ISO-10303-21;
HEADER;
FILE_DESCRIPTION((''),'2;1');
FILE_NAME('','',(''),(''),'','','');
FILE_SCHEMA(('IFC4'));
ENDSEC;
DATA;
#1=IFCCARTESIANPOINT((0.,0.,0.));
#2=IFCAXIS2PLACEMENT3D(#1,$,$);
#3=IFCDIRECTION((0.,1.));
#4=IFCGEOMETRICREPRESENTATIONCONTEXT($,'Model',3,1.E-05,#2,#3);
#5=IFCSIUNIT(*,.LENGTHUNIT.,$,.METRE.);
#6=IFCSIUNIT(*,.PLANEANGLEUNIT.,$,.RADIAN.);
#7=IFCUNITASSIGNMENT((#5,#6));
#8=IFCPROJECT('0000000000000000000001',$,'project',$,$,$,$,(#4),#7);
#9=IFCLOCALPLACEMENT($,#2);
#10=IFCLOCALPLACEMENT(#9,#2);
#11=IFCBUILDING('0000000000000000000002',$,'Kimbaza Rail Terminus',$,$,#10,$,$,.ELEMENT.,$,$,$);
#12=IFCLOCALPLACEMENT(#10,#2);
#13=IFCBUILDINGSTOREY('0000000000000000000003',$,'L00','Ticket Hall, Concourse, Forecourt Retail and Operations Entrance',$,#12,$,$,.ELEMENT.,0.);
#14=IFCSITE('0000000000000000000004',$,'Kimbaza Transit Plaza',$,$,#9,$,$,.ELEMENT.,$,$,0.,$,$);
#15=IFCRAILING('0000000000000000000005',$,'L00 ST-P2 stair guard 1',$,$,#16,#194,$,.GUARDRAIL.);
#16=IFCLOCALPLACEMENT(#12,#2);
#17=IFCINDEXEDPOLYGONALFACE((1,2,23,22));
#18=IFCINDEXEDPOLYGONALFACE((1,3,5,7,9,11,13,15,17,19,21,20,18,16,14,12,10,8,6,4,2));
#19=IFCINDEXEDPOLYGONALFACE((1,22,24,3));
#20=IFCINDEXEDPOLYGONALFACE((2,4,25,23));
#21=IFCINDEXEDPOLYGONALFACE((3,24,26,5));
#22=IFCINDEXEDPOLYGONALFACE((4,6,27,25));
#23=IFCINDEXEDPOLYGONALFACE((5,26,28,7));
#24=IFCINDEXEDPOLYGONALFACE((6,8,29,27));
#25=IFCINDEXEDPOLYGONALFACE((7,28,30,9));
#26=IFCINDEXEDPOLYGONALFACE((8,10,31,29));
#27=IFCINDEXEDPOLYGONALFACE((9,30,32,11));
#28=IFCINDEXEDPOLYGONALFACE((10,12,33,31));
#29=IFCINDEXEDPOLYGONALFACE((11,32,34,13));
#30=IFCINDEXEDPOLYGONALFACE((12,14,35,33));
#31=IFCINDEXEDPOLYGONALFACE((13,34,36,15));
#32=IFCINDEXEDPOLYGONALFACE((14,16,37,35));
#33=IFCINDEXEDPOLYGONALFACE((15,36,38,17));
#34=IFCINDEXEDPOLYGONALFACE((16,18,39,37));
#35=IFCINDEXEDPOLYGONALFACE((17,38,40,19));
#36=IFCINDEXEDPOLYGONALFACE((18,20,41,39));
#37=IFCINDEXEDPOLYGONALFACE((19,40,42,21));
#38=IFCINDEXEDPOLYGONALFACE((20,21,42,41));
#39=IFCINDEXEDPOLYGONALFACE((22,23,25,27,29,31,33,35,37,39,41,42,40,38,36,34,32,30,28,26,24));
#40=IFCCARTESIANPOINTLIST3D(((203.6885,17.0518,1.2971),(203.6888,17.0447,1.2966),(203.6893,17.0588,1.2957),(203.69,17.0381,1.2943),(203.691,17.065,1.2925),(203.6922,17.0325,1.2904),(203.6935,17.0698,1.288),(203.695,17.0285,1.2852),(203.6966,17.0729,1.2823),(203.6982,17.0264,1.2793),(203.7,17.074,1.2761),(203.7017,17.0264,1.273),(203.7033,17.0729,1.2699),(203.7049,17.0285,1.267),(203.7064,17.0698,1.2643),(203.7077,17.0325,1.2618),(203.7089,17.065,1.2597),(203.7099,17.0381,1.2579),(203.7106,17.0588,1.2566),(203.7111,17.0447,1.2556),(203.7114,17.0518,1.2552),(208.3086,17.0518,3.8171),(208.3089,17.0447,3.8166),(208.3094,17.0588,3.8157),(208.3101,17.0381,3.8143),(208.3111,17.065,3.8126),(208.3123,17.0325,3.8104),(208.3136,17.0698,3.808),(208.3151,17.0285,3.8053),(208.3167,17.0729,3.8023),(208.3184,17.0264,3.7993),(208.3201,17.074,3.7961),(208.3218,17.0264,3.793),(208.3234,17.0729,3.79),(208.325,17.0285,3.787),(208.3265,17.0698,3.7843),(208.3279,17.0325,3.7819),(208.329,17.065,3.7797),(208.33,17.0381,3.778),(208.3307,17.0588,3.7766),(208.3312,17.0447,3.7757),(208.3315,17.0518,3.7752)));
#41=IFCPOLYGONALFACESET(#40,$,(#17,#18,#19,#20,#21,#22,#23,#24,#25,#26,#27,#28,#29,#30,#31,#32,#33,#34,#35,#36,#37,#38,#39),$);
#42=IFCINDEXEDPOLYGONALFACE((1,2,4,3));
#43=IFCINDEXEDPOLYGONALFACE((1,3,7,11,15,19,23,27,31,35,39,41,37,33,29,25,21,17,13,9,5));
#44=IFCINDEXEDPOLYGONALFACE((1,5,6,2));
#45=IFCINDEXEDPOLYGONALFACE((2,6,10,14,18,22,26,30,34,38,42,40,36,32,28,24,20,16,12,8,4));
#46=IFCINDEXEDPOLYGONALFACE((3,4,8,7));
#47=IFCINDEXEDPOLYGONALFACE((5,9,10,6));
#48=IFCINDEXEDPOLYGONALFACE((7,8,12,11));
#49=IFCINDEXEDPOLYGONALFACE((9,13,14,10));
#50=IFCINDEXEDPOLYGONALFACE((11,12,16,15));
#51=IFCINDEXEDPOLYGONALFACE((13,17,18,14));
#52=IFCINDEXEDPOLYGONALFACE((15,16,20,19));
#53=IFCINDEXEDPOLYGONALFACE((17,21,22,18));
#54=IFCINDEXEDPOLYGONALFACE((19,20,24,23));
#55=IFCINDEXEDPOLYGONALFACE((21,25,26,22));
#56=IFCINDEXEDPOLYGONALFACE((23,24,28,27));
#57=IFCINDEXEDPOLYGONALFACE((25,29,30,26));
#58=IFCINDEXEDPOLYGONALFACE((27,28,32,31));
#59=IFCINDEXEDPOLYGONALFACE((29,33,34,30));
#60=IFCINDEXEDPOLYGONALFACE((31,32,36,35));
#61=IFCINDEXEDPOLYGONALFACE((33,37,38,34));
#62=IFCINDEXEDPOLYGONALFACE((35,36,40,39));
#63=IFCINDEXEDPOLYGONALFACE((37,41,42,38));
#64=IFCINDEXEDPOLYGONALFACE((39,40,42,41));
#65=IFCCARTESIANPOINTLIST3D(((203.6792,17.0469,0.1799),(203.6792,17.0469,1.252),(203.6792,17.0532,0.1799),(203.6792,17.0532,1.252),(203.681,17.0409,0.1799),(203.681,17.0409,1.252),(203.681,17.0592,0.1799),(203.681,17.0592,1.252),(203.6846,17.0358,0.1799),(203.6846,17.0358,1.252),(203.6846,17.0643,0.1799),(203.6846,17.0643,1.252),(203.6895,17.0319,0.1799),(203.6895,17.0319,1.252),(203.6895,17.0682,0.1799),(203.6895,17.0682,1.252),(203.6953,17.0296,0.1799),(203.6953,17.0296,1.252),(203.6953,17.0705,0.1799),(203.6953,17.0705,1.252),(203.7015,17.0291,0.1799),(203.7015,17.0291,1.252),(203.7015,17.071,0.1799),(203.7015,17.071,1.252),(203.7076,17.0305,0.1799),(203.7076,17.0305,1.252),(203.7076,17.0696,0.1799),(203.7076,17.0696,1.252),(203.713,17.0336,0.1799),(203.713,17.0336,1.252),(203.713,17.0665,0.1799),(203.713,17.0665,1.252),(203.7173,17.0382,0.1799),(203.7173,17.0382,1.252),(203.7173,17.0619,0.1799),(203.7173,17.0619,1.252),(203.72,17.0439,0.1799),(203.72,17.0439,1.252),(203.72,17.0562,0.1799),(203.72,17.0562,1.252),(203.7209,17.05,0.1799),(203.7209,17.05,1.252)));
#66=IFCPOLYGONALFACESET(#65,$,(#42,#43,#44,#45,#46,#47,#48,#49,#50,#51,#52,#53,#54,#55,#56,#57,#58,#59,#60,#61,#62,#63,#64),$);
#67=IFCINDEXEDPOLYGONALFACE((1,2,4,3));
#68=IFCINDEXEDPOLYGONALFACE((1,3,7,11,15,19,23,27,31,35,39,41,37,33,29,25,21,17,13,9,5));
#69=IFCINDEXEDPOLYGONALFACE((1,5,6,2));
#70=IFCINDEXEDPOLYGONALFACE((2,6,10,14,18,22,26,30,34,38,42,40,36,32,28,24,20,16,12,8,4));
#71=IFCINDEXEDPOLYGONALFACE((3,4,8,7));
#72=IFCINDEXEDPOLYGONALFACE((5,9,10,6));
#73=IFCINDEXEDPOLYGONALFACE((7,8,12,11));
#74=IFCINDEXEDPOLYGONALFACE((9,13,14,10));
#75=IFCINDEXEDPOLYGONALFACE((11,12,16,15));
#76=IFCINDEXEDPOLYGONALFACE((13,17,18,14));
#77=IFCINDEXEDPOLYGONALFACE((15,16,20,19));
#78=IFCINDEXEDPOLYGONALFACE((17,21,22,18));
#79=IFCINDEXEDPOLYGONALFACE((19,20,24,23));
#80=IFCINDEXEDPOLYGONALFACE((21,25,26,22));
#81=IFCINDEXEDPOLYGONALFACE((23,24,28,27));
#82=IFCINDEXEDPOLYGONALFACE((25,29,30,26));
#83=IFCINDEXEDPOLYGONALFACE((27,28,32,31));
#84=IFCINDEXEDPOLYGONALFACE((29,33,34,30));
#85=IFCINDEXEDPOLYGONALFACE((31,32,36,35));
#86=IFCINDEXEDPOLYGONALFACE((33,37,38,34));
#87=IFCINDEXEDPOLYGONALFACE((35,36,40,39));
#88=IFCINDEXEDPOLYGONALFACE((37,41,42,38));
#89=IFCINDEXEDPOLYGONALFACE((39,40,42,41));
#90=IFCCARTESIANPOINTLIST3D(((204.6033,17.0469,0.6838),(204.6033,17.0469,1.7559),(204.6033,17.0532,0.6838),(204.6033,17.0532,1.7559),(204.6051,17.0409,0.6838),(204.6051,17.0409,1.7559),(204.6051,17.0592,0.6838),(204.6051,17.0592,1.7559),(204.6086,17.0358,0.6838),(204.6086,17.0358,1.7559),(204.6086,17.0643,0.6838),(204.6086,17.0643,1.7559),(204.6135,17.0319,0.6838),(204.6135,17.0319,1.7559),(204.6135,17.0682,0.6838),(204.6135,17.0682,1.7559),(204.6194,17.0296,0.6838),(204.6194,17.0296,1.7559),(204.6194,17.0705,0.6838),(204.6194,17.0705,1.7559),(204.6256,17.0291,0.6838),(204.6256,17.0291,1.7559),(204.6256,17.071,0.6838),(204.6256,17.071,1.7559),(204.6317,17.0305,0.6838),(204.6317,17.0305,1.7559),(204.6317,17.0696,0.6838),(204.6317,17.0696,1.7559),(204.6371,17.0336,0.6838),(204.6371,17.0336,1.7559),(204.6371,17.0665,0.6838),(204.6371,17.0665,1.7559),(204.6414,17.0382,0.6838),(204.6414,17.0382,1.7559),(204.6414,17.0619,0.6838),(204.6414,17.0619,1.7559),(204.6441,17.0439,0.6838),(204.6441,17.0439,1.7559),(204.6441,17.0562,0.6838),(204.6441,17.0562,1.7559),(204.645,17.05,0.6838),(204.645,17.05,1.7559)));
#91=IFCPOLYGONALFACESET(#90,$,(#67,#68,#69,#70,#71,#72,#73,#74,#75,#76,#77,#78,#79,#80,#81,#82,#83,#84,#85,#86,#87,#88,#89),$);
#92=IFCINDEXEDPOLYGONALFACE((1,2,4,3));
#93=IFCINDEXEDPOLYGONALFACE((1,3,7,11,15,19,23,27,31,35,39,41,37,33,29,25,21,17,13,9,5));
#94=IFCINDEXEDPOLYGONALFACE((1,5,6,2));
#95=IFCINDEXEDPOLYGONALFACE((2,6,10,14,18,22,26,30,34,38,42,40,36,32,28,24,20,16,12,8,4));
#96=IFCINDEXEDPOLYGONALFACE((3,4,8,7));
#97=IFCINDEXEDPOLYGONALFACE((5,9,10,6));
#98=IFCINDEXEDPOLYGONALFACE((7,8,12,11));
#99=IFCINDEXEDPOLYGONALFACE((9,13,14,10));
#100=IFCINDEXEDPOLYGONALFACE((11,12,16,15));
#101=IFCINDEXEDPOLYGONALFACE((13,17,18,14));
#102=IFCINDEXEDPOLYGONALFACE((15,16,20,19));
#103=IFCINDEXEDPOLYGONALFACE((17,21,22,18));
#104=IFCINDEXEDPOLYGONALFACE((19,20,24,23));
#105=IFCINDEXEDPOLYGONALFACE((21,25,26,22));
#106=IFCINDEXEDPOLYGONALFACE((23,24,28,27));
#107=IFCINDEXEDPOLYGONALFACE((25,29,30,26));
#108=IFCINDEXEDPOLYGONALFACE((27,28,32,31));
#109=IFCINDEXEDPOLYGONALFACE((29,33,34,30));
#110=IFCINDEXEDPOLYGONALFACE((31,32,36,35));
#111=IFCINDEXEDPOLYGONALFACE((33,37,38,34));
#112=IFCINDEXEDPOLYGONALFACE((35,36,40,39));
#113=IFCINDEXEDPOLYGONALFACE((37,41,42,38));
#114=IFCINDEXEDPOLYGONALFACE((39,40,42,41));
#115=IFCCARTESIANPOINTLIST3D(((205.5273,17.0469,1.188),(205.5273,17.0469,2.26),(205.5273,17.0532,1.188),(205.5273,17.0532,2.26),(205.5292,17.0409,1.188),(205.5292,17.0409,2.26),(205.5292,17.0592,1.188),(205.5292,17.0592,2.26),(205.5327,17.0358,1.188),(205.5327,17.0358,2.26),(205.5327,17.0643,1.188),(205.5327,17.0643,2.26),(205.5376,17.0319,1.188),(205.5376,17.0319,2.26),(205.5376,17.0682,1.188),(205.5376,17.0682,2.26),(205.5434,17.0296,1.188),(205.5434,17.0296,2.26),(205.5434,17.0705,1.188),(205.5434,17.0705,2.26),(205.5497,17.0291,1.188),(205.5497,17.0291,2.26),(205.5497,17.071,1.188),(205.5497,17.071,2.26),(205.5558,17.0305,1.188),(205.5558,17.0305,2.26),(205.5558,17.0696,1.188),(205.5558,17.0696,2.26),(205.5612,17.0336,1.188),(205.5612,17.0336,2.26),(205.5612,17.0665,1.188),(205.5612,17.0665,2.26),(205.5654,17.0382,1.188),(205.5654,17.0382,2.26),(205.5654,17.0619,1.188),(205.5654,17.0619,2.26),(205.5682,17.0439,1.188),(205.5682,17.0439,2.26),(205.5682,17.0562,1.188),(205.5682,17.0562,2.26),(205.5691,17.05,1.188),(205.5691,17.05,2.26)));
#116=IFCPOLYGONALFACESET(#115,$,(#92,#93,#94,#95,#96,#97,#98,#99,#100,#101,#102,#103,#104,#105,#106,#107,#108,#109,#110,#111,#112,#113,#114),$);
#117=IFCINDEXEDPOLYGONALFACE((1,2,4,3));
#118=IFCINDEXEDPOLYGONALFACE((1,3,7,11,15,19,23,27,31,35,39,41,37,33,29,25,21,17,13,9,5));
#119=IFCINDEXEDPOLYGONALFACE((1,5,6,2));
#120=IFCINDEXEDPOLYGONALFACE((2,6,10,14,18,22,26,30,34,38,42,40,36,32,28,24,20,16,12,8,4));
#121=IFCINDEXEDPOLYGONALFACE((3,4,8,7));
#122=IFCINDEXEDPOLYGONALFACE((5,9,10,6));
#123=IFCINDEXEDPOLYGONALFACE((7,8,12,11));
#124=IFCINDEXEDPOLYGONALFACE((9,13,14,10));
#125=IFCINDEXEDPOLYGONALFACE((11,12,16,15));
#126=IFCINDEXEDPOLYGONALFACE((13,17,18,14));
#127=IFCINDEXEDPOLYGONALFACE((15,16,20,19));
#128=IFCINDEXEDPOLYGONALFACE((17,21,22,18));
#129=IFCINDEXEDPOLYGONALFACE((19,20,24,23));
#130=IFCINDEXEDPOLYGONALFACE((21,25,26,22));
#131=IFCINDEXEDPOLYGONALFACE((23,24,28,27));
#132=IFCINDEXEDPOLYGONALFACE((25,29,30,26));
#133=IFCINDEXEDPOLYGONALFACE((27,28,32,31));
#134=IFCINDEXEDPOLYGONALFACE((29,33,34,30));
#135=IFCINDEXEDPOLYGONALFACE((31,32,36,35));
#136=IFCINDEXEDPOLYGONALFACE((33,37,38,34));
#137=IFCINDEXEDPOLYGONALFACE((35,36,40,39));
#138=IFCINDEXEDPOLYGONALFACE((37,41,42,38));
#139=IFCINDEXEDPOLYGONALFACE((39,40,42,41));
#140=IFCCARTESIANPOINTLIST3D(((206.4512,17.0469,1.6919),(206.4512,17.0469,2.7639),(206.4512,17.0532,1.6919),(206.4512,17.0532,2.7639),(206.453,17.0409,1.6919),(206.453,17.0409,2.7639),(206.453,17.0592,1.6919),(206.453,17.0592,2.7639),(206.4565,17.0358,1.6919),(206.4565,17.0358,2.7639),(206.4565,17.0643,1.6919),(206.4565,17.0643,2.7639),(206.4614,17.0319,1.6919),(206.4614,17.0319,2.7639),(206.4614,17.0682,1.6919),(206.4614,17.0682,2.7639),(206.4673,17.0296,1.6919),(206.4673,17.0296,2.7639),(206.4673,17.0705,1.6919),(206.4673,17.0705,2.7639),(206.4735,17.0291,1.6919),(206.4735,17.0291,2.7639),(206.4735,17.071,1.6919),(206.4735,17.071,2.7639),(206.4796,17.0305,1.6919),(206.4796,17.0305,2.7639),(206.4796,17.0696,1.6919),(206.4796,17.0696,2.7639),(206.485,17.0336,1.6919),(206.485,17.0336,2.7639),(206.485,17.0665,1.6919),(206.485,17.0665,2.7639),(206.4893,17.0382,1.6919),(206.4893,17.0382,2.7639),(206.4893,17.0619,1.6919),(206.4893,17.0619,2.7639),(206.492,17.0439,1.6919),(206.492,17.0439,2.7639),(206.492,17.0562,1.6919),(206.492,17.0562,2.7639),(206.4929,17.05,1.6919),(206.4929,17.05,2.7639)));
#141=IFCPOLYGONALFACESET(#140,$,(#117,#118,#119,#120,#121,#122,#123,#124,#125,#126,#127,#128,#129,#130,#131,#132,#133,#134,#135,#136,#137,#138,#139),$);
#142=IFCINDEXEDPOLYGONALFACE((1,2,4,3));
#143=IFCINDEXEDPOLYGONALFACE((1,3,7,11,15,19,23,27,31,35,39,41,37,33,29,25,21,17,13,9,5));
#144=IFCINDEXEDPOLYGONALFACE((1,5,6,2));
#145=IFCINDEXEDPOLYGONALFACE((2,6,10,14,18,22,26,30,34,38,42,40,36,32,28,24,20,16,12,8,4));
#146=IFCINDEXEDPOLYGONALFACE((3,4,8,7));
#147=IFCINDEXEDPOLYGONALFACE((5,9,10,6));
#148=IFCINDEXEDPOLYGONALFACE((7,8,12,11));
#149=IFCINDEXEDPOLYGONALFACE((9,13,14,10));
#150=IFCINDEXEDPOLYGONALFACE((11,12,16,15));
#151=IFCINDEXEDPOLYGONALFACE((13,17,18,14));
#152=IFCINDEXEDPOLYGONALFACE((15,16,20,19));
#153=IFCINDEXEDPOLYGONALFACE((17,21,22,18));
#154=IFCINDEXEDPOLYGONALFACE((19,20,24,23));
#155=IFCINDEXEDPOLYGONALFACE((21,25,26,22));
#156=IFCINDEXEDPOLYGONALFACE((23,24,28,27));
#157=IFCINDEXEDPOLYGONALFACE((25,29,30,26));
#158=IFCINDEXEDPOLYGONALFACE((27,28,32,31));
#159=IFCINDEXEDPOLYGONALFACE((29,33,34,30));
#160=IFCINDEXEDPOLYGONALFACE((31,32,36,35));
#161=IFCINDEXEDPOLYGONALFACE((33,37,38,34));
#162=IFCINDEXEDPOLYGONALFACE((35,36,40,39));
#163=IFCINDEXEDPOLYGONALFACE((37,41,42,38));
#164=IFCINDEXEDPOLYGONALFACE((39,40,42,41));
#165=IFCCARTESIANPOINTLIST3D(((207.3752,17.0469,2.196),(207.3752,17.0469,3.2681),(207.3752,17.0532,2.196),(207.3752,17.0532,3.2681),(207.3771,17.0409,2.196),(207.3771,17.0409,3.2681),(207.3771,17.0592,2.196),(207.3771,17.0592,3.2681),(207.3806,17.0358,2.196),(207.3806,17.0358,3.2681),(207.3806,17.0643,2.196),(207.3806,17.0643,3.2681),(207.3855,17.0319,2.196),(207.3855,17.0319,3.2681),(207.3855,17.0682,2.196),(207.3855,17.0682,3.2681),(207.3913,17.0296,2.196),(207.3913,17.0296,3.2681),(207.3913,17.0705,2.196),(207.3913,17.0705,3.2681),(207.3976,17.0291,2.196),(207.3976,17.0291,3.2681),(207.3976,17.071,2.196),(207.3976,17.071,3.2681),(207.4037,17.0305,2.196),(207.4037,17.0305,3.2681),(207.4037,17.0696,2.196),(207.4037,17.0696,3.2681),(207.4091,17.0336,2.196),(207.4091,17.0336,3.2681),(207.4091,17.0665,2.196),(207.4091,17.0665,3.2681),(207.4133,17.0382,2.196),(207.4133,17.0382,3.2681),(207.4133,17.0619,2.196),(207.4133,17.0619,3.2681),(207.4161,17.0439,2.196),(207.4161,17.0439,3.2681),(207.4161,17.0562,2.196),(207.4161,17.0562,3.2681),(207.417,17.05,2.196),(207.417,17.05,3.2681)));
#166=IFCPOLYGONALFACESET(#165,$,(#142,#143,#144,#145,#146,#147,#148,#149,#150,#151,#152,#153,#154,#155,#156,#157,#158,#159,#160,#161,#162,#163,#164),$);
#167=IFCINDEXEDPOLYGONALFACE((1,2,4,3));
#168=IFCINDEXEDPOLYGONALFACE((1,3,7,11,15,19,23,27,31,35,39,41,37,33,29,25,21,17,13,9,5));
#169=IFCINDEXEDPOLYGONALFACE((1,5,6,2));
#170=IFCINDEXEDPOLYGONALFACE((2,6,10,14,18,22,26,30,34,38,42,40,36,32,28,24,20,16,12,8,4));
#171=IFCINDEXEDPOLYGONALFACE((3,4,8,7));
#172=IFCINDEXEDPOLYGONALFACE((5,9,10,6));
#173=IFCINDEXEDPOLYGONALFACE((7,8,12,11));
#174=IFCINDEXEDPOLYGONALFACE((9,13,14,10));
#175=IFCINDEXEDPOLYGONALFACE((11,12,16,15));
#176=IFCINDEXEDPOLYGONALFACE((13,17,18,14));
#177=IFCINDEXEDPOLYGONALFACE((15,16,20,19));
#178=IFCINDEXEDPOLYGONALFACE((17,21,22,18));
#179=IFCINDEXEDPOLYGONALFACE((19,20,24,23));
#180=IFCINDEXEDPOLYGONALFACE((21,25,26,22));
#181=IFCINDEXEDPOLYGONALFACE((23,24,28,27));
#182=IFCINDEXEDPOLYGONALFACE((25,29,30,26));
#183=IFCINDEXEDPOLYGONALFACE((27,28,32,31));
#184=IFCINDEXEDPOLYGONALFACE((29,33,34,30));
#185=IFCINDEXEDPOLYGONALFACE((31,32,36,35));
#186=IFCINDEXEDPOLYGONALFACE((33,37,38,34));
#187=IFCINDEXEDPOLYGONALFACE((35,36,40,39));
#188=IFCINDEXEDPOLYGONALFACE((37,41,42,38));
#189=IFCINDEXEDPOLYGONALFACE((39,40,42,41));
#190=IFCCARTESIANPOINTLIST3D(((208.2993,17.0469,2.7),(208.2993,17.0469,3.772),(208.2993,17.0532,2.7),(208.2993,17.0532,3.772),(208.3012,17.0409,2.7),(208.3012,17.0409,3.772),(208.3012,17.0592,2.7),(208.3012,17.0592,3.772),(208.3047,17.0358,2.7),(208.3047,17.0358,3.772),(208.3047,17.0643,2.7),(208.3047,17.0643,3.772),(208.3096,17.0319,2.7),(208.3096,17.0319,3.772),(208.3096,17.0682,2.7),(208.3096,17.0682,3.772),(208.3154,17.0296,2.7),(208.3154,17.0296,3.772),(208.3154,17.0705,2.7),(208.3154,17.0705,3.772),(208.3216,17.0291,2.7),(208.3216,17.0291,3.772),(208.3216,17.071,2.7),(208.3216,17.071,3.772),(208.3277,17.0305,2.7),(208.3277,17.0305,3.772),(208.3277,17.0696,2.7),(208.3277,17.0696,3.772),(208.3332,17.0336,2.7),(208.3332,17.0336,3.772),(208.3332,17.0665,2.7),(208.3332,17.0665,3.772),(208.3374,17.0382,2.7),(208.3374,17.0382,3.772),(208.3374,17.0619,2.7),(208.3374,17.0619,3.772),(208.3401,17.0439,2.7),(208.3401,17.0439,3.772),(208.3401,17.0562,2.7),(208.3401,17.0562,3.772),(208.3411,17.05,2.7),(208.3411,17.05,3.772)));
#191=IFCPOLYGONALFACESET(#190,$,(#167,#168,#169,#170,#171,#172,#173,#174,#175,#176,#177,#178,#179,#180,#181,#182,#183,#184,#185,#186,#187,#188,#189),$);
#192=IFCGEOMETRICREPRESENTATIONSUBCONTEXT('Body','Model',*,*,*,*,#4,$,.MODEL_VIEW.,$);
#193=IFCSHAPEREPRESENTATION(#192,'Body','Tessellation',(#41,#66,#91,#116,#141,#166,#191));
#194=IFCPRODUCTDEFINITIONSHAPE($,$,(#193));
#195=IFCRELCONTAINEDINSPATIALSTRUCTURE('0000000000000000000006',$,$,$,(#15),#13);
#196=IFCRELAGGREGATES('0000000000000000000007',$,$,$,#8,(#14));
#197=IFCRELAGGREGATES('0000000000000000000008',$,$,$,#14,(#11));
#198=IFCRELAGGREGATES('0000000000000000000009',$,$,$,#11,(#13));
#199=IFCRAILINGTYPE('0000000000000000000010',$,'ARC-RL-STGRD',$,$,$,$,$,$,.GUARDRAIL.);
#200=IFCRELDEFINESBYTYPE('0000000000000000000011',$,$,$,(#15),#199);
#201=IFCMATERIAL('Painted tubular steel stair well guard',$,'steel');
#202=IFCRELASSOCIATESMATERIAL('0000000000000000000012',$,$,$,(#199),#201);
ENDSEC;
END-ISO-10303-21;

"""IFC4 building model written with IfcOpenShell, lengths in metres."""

from ifc_helpers import new_model, si_unit, direction, frame, origin, origin_2d, place, context, subcontext, project, spatial, circle, extrude, material, type_object, element, save


model = new_model("IFC4")

# Units and contexts
model_context = context("Model", 3, precision=1e-05, world=origin(), true_north=direction((0.0, 1.0)))
body_context = subcontext(model_context, "Body", "Model", "MODEL_VIEW")
ifc_project = project(units=[si_unit("LENGTHUNIT", "METRE"), si_unit("PLANEANGLEUNIT", "RADIAN")], contexts=[model_context])

# Site, building, storey
site_placement = place(None, origin())
site = spatial("IfcSite", under=ifc_project, at=site_placement, Name="Kimbaza Transit Plaza", CompositionType="ELEMENT", RefElevation=0.0)
building_placement = place(site_placement, origin())
building = spatial("IfcBuilding", under=site, at=building_placement, Name="Kimbaza Rail Terminus", CompositionType="ELEMENT")
storey_placement = place(building_placement, origin())
storey = spatial("IfcBuildingStorey", under=building, at=storey_placement, Name="L00", Description="Ticket Hall, Concourse, Forecourt Retail and Operations Entrance", CompositionType="ELEMENT", Elevation=0.0)

# Railing
ifc_material_1 = material(Name="Painted tubular steel stair well guard", Category="steel")
railing_type_1 = type_object("IfcRailingType", Name="ARC-RL-STGRD", PredefinedType="GUARDRAIL", material=ifc_material_1)
railing_1_placement = place(storey_placement, frame((203.7, 17.05, 0.1799)))
element("IfcRailing", 1, at=railing_1_placement, inside=storey, type_object=railing_type_1, Name="L00 ST-P2 stair guard 1", PredefinedType="GUARDRAIL", context=body_context, shape_type="SweptSolid", body=[
    extrude(circle(Radius=0.0239, at=origin_2d()), frame((0.0, 0.0, 1.0962), z_axis=(0.877899, 0.0, 0.478846), x_axis=(0.0, 1.0, 0.0)), (0.0, 0.0, 1.0), 5.2627),
    extrude(circle(Radius=0.021, at=origin_2d()), origin(), (0.0, 0.0, 1.0), 1.072),
    extrude(circle(Radius=0.021, at=origin_2d()), frame((0.9241, 0.0, 0.5039)), (0.0, 0.0, 1.0), 1.072),
    extrude(circle(Radius=0.021, at=origin_2d()), frame((1.8481, 0.0, 1.0081)), (0.0, 0.0, 1.0), 1.072),
    extrude(circle(Radius=0.021, at=origin_2d()), frame((2.772, 0.0, 1.512)), (0.0, 0.0, 1.0), 1.072),
    extrude(circle(Radius=0.021, at=origin_2d()), frame((3.696, 0.0, 2.0161)), (0.0, 0.0, 1.0), 1.072),
    extrude(circle(Radius=0.021, at=origin_2d()), frame((4.6201, 0.0, 2.52)), (0.0, 0.0, 1.0), 1.072),
])

save(model, "model.ifc")
